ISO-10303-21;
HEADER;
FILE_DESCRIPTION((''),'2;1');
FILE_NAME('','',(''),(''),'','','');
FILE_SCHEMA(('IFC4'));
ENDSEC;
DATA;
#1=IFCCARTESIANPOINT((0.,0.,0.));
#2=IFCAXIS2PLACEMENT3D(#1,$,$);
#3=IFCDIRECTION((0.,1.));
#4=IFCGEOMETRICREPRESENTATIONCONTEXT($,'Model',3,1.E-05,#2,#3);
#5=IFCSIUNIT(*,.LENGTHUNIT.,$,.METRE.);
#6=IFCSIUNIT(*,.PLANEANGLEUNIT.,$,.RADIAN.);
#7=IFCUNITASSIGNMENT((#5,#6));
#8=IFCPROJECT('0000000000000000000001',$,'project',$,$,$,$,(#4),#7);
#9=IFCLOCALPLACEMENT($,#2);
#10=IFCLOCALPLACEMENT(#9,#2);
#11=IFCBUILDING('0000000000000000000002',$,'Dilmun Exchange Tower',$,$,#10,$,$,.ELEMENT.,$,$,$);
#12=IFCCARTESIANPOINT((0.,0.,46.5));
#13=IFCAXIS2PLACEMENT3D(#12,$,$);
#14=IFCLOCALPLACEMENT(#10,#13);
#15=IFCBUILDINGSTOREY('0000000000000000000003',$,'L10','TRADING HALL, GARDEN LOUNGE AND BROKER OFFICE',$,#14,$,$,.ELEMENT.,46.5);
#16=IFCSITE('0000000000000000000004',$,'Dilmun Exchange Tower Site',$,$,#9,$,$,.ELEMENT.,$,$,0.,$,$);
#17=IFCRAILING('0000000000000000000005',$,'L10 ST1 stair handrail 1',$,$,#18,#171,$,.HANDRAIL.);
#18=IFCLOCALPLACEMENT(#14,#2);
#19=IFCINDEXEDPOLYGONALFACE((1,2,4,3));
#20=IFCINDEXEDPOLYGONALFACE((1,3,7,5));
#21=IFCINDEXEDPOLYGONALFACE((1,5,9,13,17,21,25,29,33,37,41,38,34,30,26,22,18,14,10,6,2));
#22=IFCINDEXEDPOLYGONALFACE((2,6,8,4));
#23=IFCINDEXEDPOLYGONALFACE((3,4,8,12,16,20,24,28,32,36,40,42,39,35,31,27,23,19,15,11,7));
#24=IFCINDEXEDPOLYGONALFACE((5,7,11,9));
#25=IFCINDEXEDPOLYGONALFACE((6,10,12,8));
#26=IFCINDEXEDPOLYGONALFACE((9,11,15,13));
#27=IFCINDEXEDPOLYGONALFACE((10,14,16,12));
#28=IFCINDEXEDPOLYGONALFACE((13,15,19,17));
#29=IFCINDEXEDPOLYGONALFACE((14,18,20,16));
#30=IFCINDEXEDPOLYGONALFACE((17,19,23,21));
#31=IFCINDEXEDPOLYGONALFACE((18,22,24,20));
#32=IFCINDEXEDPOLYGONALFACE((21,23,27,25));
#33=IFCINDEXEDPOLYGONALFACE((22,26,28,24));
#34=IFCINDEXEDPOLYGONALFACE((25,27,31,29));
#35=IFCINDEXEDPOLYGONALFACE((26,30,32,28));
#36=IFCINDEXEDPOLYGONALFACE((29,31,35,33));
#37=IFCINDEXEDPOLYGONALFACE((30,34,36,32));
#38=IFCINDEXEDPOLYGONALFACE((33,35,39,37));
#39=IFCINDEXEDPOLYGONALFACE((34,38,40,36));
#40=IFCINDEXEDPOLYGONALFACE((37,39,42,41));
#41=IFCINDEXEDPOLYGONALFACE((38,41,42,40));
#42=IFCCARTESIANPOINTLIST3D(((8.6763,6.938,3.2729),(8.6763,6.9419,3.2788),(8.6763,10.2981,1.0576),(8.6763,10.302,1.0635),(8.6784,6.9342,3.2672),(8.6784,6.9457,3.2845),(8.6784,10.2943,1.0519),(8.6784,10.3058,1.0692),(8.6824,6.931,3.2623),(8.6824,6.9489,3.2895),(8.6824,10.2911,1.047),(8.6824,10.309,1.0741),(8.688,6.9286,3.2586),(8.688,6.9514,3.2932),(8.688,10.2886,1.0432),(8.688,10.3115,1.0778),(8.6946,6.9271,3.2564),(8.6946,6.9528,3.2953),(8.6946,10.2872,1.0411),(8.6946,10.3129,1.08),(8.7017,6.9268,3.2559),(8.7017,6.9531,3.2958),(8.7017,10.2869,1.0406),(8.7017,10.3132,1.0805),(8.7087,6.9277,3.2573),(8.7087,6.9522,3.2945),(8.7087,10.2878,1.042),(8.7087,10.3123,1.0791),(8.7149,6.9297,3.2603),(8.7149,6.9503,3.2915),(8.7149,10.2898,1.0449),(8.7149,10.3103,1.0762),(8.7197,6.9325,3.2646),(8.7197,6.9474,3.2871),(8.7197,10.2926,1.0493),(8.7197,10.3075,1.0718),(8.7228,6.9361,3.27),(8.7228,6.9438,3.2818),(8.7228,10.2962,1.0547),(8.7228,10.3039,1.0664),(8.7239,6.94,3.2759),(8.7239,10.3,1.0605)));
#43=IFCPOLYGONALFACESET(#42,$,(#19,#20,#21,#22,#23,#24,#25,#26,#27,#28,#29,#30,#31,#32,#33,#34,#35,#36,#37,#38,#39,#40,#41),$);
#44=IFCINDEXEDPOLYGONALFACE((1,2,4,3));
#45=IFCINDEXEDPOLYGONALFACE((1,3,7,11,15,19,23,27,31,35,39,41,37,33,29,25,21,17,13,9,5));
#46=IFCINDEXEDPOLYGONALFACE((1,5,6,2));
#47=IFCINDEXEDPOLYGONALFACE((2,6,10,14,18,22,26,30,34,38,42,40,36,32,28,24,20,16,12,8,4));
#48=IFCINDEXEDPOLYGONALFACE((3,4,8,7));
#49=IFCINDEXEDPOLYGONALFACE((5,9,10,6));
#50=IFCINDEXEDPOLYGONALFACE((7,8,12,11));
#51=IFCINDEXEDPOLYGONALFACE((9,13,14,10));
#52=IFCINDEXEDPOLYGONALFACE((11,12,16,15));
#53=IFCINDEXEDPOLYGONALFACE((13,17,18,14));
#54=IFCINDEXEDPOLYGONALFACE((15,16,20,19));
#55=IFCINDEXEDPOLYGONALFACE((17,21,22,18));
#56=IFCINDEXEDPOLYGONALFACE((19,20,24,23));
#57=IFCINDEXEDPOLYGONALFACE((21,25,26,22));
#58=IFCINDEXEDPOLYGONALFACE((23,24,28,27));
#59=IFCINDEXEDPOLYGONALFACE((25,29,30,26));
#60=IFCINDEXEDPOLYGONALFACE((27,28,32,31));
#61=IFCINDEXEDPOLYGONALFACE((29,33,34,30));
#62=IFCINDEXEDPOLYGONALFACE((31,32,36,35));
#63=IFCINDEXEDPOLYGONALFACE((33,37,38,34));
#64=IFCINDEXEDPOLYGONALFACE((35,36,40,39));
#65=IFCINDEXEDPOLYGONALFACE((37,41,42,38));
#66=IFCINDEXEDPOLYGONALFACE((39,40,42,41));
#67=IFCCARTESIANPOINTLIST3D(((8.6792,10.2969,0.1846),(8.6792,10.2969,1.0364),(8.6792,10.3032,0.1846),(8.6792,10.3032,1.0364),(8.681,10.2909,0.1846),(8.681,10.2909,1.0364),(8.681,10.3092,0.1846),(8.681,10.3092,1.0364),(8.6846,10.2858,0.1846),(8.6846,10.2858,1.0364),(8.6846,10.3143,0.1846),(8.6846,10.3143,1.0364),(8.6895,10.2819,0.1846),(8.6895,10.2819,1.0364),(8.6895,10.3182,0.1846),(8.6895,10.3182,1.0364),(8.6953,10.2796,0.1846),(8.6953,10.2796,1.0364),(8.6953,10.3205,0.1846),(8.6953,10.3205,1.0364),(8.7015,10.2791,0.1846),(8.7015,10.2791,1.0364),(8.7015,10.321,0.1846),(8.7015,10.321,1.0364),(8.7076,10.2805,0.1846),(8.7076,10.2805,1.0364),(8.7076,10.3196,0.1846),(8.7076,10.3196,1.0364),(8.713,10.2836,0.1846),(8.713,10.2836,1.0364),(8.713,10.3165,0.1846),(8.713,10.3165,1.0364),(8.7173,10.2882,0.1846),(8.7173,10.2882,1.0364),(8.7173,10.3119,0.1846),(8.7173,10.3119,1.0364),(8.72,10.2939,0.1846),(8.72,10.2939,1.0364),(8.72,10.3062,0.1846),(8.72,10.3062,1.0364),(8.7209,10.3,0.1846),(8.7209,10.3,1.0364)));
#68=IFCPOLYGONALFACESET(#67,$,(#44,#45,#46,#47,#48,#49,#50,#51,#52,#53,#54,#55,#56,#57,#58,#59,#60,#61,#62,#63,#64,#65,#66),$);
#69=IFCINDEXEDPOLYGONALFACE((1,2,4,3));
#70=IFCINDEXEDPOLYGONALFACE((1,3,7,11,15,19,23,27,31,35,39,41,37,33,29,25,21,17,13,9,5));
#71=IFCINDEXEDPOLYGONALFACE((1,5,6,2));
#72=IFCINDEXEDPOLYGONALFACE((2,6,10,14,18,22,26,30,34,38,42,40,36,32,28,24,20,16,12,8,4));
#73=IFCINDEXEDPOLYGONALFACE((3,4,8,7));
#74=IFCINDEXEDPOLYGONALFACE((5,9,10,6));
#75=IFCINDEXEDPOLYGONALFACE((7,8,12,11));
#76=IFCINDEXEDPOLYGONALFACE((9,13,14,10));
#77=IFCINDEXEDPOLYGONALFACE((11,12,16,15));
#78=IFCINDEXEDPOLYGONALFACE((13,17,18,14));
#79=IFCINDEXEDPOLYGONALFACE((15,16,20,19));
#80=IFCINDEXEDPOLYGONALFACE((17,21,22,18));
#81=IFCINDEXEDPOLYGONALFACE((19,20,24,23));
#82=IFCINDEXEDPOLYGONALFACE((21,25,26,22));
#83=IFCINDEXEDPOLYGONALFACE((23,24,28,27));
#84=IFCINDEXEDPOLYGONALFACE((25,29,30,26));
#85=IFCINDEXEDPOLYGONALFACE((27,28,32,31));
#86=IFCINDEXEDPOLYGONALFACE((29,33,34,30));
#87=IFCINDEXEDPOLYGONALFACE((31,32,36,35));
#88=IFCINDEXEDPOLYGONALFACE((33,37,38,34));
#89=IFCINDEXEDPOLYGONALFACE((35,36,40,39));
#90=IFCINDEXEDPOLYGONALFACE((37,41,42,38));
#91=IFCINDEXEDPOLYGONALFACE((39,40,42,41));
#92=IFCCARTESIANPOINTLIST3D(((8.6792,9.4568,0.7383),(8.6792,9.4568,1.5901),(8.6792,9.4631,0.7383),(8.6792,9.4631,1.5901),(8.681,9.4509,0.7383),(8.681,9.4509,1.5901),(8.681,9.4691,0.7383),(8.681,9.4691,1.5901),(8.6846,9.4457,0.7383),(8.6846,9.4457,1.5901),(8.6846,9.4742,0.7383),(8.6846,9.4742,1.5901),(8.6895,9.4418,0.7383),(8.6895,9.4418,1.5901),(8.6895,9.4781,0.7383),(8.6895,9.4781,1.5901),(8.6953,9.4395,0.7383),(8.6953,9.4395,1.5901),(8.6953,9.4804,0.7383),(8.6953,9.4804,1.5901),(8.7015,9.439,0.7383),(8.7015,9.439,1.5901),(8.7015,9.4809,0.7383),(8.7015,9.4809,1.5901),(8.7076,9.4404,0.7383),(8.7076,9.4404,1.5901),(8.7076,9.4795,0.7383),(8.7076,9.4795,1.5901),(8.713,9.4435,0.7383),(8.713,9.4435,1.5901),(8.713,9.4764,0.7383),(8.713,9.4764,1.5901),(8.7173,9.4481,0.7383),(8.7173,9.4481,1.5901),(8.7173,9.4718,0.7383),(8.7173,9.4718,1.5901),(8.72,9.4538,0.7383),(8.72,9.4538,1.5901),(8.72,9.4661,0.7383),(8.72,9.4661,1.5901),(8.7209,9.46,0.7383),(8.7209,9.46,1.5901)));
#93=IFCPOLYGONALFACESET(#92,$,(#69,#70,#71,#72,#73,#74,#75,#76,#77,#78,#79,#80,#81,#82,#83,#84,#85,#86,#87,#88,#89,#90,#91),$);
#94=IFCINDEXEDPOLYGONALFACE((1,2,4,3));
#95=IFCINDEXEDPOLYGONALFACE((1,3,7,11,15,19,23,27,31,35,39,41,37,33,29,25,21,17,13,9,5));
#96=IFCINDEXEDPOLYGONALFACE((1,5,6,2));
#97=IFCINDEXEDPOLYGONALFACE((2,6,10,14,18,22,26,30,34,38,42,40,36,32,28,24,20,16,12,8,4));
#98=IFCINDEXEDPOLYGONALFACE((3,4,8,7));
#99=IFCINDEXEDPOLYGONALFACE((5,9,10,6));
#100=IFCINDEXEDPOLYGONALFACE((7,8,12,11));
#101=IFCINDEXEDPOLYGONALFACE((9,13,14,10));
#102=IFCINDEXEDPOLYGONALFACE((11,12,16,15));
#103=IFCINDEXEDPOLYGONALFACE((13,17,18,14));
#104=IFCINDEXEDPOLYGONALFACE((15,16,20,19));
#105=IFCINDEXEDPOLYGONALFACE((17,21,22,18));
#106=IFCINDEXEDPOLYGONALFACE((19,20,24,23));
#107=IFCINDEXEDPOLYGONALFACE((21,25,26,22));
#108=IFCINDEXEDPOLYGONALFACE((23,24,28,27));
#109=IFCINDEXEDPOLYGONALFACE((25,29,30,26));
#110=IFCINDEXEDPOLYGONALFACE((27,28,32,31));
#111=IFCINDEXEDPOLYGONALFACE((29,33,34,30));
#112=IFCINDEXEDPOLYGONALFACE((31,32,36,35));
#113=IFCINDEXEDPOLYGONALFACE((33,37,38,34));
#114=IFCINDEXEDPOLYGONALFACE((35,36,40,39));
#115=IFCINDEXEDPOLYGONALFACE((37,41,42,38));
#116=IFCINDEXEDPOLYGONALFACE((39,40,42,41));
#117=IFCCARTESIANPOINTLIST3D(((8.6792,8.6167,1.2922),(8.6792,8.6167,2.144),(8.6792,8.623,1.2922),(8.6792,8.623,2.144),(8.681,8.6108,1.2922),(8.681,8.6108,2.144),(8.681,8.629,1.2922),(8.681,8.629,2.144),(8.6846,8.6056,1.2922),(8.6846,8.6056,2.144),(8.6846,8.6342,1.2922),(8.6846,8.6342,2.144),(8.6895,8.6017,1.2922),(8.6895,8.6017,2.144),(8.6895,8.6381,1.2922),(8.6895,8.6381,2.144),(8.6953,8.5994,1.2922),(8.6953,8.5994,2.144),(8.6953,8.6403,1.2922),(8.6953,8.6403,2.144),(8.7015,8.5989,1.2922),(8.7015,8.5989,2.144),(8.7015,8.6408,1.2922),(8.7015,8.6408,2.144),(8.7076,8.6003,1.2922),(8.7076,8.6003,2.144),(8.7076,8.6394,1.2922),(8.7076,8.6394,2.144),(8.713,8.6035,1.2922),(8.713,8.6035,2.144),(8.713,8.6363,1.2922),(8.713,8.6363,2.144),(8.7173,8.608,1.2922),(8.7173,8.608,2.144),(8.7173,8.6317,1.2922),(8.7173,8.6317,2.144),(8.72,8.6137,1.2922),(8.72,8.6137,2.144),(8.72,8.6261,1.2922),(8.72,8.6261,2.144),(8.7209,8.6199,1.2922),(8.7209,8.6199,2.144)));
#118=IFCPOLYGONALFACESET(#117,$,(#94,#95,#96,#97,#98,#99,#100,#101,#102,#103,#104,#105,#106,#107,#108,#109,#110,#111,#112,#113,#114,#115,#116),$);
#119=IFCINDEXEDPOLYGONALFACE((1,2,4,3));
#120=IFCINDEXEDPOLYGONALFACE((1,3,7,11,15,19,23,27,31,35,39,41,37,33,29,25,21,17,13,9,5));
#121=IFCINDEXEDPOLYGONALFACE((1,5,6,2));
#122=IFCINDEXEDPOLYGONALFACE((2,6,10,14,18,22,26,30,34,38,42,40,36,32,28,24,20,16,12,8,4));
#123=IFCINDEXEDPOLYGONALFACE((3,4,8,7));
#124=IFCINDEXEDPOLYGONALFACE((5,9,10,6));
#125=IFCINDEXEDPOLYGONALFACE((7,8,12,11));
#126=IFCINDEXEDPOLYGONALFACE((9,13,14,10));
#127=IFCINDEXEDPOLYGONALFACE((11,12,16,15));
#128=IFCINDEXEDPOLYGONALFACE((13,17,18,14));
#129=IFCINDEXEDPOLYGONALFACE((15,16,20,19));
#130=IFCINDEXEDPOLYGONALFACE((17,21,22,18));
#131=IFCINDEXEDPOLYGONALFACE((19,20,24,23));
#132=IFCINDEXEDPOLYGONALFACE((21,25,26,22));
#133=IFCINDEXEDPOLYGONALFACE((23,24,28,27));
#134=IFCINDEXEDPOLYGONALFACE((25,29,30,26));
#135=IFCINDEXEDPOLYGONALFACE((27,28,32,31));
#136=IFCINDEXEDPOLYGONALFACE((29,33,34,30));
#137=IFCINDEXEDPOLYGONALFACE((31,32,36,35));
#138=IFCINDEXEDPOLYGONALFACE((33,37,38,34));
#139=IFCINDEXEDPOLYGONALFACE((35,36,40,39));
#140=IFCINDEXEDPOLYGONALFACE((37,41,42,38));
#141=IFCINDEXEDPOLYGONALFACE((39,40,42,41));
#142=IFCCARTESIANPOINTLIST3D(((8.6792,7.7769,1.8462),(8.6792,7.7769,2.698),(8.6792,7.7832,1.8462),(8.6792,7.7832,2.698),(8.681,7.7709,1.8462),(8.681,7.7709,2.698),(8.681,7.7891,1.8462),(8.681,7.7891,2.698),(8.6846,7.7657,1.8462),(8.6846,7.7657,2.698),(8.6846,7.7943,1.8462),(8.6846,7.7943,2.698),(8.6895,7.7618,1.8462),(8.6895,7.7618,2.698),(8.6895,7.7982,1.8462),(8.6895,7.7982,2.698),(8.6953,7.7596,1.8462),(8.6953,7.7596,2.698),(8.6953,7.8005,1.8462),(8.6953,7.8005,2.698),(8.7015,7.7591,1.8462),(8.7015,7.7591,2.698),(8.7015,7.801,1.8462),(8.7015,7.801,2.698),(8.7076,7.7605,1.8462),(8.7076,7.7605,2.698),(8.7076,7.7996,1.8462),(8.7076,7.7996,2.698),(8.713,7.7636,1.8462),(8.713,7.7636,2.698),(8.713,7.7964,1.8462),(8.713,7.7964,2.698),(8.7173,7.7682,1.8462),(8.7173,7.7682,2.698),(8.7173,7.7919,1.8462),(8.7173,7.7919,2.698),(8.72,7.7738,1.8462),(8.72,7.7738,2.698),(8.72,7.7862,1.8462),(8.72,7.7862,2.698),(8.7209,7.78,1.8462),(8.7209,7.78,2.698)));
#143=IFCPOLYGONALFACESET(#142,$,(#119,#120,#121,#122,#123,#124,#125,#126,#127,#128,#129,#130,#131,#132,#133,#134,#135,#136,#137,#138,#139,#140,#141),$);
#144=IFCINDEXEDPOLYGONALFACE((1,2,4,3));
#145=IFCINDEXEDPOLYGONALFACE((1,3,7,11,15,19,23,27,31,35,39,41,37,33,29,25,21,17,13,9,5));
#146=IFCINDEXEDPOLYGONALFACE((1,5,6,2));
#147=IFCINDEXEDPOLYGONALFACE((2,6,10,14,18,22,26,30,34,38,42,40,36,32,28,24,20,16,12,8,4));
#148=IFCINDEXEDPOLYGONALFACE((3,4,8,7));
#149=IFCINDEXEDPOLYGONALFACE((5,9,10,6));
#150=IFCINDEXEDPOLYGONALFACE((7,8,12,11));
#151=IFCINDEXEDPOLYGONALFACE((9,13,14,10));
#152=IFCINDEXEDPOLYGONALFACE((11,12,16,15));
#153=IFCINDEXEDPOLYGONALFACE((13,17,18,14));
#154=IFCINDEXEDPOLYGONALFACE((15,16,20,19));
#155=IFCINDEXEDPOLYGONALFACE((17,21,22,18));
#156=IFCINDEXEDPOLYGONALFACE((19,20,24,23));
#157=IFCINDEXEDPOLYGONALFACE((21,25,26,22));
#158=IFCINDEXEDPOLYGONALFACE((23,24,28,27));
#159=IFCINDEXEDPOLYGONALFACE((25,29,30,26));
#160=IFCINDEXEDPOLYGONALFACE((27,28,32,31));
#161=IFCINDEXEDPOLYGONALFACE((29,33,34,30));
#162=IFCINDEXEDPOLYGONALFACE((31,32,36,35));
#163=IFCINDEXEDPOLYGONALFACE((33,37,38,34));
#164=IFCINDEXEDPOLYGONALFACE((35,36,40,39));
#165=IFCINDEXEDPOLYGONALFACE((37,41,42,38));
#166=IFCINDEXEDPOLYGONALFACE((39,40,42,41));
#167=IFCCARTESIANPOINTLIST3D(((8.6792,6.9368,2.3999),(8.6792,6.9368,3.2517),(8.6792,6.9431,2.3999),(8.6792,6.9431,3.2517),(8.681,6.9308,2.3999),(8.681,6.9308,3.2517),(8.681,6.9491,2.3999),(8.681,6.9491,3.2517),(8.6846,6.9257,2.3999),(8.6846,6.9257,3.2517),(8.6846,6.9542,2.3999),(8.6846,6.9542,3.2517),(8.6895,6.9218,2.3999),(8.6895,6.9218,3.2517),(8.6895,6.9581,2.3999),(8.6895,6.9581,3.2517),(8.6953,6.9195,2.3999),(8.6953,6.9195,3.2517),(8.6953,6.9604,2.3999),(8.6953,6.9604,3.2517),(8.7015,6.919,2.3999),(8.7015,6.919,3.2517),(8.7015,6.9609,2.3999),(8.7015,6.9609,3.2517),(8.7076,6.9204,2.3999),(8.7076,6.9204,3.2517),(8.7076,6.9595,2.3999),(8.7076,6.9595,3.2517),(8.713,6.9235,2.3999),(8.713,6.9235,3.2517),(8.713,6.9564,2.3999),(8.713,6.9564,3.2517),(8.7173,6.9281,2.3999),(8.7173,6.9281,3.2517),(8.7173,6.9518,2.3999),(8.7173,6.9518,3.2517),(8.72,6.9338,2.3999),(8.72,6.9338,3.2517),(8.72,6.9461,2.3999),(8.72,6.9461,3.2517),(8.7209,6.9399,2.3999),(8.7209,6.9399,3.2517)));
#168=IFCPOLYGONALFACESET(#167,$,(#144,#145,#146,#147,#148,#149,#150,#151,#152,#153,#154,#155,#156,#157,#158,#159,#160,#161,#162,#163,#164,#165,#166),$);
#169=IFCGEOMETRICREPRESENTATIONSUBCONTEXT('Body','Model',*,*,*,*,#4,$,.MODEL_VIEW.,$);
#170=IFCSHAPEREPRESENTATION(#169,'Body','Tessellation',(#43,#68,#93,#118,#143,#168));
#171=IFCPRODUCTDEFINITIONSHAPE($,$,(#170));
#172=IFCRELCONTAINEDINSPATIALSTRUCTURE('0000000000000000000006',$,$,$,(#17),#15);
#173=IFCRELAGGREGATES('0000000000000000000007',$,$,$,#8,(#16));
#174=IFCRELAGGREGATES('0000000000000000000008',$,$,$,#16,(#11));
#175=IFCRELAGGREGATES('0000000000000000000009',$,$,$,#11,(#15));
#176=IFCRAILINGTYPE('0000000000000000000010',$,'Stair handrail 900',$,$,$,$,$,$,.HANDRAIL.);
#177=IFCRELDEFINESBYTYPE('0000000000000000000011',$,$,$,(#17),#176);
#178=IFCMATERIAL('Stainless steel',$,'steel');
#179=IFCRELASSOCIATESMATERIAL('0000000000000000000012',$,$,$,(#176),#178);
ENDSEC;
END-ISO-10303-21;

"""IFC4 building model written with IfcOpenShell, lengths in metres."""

from ifc_helpers import new_model, si_unit, direction, frame, origin, origin_2d, place, context, subcontext, project, spatial, circle, extrude, material, type_object, element, save


model = new_model("IFC4")

# Units and contexts
model_context = context("Model", 3, precision=1e-05, world=origin(), true_north=direction((0.0, 1.0)))
body_context = subcontext(model_context, "Body", "Model", "MODEL_VIEW")
ifc_project = project(units=[si_unit("LENGTHUNIT", "METRE"), si_unit("PLANEANGLEUNIT", "RADIAN")], contexts=[model_context])

# Site, building, storey
site_placement = place(None, origin())
site = spatial("IfcSite", under=ifc_project, at=site_placement, Name="Dilmun Exchange Tower Site", CompositionType="ELEMENT", RefElevation=0.0)
building_placement = place(site_placement, origin())
building = spatial("IfcBuilding", under=site, at=building_placement, Name="Dilmun Exchange Tower", CompositionType="ELEMENT")
storey_placement = place(building_placement, frame((0.0, 0.0, 46.5)))
storey = spatial("IfcBuildingStorey", under=building, at=storey_placement, Name="L10", Description="TRADING HALL, GARDEN LOUNGE AND BROKER OFFICE", CompositionType="ELEMENT", Elevation=46.5)

# Railing
ifc_material_1 = material(Name="Stainless steel", Category="steel")
railing_type = type_object("IfcRailingType", Name="Stair handrail 900", PredefinedType="HANDRAIL", material=ifc_material_1)
railing_1_placement = place(storey_placement, frame((8.7, 10.3, 0.1846)))
element("IfcRailing", 1, at=railing_1_placement, inside=storey, type_object=railing_type, Name="L10 ST1 stair handrail 1", PredefinedType="HANDRAIL", context=body_context, shape_type="SweptSolid", body=[
    extrude(circle(Radius=0.0239, at=origin_2d()), frame((0.0, 0.0, 0.876), z_axis=(0.0, -0.834876, 0.550437), x_axis=(1.0, 0.0, 0.0)), (0.0, 0.0, 1.0), 4.0247),
    extrude(circle(Radius=0.021, at=origin_2d()), origin(), (0.0, 0.0, 1.0), 0.8518),
    extrude(circle(Radius=0.021, at=origin_2d()), frame((0.0, -0.8401, 0.5537)), (0.0, 0.0, 1.0), 0.8518),
    extrude(circle(Radius=0.021, at=origin_2d()), frame((0.0, -1.6802, 1.1077)), (0.0, 0.0, 1.0), 0.8518),
    extrude(circle(Radius=0.021, at=origin_2d()), frame((0.0, -2.52, 1.6616)), (0.0, 0.0, 1.0), 0.8518),
    extrude(circle(Radius=0.021, at=origin_2d()), frame((0.0, -3.3601, 2.2153)), (0.0, 0.0, 1.0), 0.8518),
])

save(model, "model.ifc")
